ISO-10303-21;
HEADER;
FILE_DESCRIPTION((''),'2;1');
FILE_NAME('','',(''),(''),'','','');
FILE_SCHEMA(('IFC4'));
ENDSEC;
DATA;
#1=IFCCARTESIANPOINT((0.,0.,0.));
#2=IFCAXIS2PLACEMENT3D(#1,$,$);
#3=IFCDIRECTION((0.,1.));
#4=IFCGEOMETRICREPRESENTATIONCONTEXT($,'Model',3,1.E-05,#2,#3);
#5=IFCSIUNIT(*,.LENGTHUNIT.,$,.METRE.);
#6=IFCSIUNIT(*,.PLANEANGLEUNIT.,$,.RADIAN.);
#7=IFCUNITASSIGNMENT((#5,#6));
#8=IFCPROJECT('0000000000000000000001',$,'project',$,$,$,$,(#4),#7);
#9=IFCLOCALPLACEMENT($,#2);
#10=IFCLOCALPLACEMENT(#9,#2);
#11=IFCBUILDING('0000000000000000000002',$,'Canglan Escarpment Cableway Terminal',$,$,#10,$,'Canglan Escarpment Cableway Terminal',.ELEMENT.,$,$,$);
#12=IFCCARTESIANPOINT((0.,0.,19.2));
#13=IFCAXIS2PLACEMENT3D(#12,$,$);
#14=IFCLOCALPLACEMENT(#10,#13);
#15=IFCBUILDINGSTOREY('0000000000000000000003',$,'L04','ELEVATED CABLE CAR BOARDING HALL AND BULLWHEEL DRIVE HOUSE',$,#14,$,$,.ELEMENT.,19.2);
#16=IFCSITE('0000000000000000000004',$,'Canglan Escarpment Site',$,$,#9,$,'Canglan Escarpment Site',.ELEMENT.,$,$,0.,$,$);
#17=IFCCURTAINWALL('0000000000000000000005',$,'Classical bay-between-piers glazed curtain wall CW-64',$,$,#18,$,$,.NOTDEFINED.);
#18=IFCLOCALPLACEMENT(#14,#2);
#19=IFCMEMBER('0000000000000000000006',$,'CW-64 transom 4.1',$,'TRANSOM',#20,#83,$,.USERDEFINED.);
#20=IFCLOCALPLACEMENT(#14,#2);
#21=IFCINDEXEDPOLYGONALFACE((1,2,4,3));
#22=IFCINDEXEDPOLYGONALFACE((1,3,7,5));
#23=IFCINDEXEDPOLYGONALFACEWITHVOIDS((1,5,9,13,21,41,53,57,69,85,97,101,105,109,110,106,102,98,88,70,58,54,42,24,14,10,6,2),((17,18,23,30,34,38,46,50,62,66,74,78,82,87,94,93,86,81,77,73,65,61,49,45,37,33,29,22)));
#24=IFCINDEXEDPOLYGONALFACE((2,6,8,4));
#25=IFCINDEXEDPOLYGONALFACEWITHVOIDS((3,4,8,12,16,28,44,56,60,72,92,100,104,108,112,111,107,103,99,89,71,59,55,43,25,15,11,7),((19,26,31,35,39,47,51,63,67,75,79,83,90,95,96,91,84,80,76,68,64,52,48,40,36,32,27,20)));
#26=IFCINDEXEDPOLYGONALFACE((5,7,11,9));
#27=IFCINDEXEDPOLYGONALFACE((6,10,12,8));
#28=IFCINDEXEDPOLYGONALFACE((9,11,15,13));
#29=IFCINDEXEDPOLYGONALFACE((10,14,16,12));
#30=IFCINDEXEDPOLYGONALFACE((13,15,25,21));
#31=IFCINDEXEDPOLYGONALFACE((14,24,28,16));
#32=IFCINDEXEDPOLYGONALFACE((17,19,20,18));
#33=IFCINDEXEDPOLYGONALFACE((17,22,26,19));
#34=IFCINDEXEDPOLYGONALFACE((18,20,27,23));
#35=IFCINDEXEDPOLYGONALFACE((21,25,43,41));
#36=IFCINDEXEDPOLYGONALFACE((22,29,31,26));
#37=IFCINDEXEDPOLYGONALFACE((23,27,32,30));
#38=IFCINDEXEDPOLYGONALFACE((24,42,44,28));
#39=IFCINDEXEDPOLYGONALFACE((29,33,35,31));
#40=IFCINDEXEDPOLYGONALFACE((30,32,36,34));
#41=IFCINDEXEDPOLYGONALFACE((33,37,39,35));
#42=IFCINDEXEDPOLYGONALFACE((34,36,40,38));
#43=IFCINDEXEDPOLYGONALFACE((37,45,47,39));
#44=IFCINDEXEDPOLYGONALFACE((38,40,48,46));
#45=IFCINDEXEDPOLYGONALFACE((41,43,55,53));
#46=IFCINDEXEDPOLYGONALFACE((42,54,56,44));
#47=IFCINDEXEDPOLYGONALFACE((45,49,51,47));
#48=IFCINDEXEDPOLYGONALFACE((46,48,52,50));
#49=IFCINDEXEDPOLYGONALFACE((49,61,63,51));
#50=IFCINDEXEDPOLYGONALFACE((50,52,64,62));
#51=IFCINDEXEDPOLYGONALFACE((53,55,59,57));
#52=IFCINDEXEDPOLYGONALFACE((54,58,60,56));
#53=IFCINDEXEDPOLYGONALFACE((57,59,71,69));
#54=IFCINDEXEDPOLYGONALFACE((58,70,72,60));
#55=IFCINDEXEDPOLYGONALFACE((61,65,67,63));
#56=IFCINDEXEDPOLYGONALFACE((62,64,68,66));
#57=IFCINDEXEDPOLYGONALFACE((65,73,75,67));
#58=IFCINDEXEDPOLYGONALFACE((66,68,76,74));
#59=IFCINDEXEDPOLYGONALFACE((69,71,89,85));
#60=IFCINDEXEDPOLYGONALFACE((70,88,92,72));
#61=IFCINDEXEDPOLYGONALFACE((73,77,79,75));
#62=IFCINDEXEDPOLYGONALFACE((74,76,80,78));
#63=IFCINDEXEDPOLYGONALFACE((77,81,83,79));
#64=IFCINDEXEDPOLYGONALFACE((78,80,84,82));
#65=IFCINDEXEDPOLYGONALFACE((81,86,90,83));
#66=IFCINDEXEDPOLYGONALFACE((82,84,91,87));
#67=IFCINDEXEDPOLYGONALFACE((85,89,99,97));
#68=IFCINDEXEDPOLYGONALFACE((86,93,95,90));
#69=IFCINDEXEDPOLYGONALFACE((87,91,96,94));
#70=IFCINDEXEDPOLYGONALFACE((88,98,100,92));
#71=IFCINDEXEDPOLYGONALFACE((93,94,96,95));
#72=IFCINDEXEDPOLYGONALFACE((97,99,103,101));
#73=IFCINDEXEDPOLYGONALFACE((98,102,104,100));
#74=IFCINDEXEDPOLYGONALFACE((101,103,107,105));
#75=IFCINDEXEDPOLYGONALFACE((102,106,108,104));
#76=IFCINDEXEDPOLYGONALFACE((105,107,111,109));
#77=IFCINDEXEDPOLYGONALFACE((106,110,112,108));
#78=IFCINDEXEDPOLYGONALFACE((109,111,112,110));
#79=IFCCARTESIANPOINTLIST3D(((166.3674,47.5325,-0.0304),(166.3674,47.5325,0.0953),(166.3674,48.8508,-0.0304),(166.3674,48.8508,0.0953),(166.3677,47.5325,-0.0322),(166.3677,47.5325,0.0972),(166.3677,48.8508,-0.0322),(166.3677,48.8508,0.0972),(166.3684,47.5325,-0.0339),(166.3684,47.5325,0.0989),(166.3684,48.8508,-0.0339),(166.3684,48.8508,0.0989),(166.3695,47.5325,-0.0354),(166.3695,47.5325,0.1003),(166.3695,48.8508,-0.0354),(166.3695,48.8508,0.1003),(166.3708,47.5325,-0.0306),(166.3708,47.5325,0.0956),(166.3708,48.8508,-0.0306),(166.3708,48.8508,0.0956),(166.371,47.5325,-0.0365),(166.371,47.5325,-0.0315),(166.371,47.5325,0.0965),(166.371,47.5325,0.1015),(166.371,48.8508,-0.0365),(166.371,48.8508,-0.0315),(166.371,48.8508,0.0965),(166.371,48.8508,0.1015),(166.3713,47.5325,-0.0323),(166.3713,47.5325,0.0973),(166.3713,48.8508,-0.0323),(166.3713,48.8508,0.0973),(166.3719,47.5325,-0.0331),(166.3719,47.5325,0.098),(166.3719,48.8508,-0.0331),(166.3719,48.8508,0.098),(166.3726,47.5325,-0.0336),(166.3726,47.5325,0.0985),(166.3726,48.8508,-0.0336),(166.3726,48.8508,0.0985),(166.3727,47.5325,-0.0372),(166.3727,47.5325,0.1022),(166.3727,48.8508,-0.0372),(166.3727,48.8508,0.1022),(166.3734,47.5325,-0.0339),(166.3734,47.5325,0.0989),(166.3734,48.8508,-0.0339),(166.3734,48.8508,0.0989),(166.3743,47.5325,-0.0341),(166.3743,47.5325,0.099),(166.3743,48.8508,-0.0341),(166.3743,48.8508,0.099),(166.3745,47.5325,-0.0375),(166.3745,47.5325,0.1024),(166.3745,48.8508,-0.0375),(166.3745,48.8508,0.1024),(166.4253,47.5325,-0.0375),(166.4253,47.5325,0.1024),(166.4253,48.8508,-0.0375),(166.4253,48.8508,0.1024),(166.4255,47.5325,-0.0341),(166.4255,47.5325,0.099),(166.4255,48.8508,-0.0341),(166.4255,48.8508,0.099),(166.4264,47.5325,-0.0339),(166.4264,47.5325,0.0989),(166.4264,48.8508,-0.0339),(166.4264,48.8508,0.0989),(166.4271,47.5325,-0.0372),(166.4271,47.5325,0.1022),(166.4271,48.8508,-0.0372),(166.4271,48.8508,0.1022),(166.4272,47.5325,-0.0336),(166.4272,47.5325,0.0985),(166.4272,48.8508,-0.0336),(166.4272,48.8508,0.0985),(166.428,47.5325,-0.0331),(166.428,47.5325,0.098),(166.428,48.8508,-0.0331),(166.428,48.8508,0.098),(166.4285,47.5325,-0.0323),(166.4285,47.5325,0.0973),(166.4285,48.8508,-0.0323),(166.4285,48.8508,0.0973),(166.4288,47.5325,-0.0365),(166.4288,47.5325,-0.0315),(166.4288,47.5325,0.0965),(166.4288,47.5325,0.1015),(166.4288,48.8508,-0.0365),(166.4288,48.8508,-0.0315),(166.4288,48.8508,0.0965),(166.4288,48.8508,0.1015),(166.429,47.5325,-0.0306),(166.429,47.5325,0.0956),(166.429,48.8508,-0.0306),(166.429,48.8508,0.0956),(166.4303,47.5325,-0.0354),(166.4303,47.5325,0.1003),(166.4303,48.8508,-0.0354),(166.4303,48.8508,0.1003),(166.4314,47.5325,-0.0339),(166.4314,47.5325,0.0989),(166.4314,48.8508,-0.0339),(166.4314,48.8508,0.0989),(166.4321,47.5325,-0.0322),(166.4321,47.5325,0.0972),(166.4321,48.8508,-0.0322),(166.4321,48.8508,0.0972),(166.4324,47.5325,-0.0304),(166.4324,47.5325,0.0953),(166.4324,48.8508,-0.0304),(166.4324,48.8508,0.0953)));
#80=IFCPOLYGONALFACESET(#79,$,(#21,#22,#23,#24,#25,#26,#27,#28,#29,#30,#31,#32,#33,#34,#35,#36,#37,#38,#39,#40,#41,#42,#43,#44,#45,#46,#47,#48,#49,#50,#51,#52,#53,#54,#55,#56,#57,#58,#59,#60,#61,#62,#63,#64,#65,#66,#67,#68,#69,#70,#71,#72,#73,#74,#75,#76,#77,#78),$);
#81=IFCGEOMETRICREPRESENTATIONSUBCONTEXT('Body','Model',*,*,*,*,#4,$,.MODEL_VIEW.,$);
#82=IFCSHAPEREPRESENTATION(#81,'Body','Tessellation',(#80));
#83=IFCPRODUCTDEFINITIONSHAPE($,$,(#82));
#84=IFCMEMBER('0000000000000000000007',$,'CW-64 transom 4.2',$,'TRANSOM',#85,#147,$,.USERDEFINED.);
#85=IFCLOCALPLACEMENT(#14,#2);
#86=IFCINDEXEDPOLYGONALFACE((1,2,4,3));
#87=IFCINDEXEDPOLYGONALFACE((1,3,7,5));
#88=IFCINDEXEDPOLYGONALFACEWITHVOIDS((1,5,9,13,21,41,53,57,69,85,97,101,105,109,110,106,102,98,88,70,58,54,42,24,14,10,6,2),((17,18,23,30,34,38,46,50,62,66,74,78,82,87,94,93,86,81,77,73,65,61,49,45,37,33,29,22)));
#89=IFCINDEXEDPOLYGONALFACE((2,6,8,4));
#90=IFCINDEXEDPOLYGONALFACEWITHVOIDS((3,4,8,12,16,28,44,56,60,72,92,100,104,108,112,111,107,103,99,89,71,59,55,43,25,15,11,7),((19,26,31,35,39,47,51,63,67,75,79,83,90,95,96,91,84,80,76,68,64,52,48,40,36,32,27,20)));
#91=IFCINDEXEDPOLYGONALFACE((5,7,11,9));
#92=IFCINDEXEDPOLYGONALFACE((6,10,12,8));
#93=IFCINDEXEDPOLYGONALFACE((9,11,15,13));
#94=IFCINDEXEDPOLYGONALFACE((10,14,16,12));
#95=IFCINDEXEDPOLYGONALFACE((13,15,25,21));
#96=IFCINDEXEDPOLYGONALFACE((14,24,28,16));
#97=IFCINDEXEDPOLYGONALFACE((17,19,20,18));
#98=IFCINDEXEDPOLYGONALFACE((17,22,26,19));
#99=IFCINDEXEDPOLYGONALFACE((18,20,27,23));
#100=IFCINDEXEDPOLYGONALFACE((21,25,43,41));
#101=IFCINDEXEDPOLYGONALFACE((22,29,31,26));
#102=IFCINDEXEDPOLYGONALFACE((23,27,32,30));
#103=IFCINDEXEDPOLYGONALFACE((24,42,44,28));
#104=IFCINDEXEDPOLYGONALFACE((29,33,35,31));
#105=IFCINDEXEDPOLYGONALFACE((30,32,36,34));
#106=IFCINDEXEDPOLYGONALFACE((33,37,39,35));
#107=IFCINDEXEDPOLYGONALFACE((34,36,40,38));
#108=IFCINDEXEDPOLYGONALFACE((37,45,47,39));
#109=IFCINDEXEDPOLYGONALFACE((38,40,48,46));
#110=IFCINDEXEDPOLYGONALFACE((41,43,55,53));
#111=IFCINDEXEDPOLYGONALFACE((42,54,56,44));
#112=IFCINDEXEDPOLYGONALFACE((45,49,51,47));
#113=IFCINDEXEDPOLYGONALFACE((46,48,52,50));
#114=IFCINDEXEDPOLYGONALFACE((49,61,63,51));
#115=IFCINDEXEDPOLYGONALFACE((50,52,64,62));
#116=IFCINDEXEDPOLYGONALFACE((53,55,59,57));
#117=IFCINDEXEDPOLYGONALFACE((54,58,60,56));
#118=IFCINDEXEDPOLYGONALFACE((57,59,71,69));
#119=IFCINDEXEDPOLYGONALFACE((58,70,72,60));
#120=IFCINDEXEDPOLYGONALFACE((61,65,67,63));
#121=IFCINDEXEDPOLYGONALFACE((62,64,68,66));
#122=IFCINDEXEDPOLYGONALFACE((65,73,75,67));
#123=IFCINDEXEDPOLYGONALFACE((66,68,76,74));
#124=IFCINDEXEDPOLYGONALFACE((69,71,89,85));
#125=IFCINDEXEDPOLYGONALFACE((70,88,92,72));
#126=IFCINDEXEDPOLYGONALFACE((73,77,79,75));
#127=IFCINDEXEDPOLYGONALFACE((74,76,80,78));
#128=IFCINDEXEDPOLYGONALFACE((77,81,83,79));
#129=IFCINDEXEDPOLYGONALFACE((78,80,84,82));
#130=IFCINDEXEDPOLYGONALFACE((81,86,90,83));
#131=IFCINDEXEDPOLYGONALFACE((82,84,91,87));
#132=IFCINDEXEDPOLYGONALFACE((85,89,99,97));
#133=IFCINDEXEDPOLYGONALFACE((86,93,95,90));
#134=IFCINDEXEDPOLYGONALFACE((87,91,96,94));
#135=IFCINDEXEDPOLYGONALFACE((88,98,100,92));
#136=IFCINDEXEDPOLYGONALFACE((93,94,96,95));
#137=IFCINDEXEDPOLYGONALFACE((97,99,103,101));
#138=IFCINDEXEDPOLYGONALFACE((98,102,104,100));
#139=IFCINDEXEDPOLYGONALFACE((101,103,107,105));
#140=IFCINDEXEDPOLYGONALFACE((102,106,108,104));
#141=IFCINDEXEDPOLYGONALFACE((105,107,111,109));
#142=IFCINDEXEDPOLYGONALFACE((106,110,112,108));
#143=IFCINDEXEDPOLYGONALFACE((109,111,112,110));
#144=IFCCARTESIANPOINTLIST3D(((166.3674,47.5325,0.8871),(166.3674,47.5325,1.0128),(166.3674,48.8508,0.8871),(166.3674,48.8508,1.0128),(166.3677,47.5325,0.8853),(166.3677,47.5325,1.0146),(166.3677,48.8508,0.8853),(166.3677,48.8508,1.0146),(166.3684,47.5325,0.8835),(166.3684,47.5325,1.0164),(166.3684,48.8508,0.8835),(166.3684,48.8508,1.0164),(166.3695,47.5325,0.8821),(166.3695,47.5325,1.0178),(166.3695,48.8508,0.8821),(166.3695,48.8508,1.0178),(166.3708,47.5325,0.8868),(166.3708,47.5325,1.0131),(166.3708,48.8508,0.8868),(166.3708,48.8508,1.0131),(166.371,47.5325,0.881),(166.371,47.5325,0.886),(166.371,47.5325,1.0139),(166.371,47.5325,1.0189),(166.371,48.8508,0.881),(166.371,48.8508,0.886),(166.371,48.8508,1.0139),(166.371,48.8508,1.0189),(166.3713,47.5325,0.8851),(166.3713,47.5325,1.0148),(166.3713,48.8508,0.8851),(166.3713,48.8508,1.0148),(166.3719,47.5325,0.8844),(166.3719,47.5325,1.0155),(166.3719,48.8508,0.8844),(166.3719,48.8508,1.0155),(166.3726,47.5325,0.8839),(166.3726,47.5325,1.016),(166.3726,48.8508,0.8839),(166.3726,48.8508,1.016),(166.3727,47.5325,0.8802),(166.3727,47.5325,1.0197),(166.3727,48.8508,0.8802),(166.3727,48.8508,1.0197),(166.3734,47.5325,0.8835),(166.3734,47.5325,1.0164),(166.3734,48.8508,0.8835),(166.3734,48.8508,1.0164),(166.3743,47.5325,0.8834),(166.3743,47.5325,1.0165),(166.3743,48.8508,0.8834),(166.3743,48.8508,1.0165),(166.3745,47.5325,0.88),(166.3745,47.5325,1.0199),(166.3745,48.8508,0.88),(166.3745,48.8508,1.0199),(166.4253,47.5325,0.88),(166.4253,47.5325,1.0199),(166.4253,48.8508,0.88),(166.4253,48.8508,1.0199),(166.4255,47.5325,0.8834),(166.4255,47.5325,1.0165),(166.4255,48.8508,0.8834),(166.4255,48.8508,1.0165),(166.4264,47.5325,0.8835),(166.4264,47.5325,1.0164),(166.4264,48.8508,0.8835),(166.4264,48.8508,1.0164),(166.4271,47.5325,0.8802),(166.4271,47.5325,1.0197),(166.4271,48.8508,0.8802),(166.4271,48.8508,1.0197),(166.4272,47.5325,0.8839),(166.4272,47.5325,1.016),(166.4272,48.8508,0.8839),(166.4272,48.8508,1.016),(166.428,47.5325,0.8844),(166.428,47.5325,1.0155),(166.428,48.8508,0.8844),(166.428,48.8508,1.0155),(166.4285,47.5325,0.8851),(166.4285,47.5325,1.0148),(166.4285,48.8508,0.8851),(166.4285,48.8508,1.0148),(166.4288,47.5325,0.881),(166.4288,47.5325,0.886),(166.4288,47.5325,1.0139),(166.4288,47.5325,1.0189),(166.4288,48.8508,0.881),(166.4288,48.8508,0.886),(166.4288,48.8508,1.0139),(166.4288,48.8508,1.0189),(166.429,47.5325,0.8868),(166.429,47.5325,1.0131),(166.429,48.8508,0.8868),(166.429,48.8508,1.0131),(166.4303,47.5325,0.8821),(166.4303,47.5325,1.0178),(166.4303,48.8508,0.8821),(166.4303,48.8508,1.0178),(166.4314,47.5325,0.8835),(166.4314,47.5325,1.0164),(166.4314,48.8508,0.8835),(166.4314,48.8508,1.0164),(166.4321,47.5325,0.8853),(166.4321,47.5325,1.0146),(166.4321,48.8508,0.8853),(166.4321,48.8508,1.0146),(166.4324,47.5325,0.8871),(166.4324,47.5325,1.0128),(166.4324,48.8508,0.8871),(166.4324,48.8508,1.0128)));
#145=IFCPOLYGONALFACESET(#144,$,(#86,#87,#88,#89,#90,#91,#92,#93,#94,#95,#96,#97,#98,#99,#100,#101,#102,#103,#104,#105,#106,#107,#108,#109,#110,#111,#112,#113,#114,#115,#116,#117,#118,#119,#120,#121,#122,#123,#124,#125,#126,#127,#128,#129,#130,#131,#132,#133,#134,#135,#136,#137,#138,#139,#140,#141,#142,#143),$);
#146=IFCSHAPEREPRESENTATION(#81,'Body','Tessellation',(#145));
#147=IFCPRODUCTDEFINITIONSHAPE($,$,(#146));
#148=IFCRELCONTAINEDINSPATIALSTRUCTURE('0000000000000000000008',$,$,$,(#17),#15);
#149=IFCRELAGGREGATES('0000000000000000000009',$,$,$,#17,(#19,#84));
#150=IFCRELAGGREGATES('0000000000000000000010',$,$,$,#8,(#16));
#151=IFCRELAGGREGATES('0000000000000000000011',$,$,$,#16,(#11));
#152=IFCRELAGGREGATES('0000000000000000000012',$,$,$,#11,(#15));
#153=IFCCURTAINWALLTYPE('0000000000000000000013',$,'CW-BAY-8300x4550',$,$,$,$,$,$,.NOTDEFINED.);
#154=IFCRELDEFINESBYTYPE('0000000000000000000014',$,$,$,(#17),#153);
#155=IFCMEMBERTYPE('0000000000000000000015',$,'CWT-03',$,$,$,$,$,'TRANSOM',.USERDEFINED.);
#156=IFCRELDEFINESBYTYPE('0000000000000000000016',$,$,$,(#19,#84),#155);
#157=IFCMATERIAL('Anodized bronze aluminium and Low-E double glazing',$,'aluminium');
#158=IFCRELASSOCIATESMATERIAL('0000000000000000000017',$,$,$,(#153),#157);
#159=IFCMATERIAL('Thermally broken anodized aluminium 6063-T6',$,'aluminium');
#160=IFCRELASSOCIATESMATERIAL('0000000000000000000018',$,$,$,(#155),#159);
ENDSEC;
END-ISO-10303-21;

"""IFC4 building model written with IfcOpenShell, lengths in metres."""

from ifc_helpers import new_model, si_unit, direction, frame, origin, origin_2d, place, context, subcontext, project, spatial, hollow_rectangle, extrude, material, material_profile, profile_set, type_object, element, aggregate, save


model = new_model("IFC4")

# Units and contexts
model_context = context("Model", 3, precision=1e-05, world=origin(), true_north=direction((0.0, 1.0)))
body_context = subcontext(model_context, "Body", "Model", "MODEL_VIEW")
ifc_project = project(units=[si_unit("LENGTHUNIT", "METRE"), si_unit("PLANEANGLEUNIT", "RADIAN")], contexts=[model_context])

# Site, building, storey
site_placement = place(None, origin())
site = spatial("IfcSite", under=ifc_project, at=site_placement, Name="Canglan Escarpment Site", LongName="Canglan Escarpment Site", CompositionType="ELEMENT", RefElevation=0.0)
building_placement = place(site_placement, origin())
building = spatial("IfcBuilding", under=site, at=building_placement, Name="Canglan Escarpment Cableway Terminal", LongName="Canglan Escarpment Cableway Terminal", CompositionType="ELEMENT")
storey_placement = place(building_placement, frame((0.0, 0.0, 19.2)))
storey = spatial("IfcBuildingStorey", under=building, at=storey_placement, Name="L04", Description="ELEVATED CABLE CAR BOARDING HALL AND BULLWHEEL DRIVE HOUSE", CompositionType="ELEMENT", Elevation=19.2)

# Curtain wall, members
ifc_material_1 = material(Name="Anodized bronze aluminium and Low-E double glazing", Category="aluminium")
curtain_wall_type = type_object("IfcCurtainWallType", Name="CW-BAY-8300x4550", PredefinedType="NOTDEFINED", material=ifc_material_1)
curtain_wall_placement = place(storey_placement, origin())
curtain_wall = element("IfcCurtainWall", 1, at=curtain_wall_placement, inside=storey, type_object=curtain_wall_type, Name="Classical bay-between-piers glazed curtain wall CW-64", PredefinedType="NOTDEFINED")
ifc_material_2 = material(Name="Thermally broken anodized aluminium 6063-T6", Category="aluminium")
ifc_material_profile_1 = material_profile(ifc_material_2, hollow_rectangle(XDim=0.0649, YDim=0.1399, WallThickness=0.0034, InnerFilletRadius=0.0034, OuterFilletRadius=0.0071, at=origin_2d()), Name="ALU-TRAN 65x140x3.5")
ifc_profile_set_1 = profile_set([ifc_material_profile_1], Name="Thermally broken anodized aluminium 6063-T6")
member_type_1 = type_object("IfcMemberType", Name="CWT-03", ElementType="TRANSOM", PredefinedType="USERDEFINED", material=ifc_profile_set_1)
member_1_placement = place(storey_placement, frame((166.3999, 47.5325, 0.0325), z_axis=(0.0, 1.0, 0.0), x_axis=(-1.0, 0.0, 0.0)))
member_1 = element("IfcMember", 2, at=member_1_placement, type_object=member_type_1, Name="CW-64 transom 4.1", ObjectType="TRANSOM", PredefinedType="USERDEFINED", context=body_context, shape_type="SweptSolid", body=[
    extrude(hollow_rectangle(XDim=0.0649, YDim=0.1399, WallThickness=0.0034, InnerFilletRadius=0.0034, OuterFilletRadius=0.0071, at=origin_2d()), origin(), (0.0, 0.0, 1.0), 1.3184),
])
member_2_placement = place(storey_placement, frame((166.3999, 47.5325, 0.95), z_axis=(0.0, 1.0, 0.0), x_axis=(-1.0, 0.0, 0.0)))
member_2 = element("IfcMember", 3, at=member_2_placement, type_object=member_type_1, Name="CW-64 transom 4.2", ObjectType="TRANSOM", PredefinedType="USERDEFINED", context=body_context, shape_type="SweptSolid", body=[
    extrude(hollow_rectangle(XDim=0.0649, YDim=0.1399, WallThickness=0.0034, InnerFilletRadius=0.0034, OuterFilletRadius=0.0071, at=origin_2d()), origin(), (0.0, 0.0, 1.0), 1.3184),
])
aggregate(curtain_wall, [member_1, member_2])

save(model, "model.ifc")
